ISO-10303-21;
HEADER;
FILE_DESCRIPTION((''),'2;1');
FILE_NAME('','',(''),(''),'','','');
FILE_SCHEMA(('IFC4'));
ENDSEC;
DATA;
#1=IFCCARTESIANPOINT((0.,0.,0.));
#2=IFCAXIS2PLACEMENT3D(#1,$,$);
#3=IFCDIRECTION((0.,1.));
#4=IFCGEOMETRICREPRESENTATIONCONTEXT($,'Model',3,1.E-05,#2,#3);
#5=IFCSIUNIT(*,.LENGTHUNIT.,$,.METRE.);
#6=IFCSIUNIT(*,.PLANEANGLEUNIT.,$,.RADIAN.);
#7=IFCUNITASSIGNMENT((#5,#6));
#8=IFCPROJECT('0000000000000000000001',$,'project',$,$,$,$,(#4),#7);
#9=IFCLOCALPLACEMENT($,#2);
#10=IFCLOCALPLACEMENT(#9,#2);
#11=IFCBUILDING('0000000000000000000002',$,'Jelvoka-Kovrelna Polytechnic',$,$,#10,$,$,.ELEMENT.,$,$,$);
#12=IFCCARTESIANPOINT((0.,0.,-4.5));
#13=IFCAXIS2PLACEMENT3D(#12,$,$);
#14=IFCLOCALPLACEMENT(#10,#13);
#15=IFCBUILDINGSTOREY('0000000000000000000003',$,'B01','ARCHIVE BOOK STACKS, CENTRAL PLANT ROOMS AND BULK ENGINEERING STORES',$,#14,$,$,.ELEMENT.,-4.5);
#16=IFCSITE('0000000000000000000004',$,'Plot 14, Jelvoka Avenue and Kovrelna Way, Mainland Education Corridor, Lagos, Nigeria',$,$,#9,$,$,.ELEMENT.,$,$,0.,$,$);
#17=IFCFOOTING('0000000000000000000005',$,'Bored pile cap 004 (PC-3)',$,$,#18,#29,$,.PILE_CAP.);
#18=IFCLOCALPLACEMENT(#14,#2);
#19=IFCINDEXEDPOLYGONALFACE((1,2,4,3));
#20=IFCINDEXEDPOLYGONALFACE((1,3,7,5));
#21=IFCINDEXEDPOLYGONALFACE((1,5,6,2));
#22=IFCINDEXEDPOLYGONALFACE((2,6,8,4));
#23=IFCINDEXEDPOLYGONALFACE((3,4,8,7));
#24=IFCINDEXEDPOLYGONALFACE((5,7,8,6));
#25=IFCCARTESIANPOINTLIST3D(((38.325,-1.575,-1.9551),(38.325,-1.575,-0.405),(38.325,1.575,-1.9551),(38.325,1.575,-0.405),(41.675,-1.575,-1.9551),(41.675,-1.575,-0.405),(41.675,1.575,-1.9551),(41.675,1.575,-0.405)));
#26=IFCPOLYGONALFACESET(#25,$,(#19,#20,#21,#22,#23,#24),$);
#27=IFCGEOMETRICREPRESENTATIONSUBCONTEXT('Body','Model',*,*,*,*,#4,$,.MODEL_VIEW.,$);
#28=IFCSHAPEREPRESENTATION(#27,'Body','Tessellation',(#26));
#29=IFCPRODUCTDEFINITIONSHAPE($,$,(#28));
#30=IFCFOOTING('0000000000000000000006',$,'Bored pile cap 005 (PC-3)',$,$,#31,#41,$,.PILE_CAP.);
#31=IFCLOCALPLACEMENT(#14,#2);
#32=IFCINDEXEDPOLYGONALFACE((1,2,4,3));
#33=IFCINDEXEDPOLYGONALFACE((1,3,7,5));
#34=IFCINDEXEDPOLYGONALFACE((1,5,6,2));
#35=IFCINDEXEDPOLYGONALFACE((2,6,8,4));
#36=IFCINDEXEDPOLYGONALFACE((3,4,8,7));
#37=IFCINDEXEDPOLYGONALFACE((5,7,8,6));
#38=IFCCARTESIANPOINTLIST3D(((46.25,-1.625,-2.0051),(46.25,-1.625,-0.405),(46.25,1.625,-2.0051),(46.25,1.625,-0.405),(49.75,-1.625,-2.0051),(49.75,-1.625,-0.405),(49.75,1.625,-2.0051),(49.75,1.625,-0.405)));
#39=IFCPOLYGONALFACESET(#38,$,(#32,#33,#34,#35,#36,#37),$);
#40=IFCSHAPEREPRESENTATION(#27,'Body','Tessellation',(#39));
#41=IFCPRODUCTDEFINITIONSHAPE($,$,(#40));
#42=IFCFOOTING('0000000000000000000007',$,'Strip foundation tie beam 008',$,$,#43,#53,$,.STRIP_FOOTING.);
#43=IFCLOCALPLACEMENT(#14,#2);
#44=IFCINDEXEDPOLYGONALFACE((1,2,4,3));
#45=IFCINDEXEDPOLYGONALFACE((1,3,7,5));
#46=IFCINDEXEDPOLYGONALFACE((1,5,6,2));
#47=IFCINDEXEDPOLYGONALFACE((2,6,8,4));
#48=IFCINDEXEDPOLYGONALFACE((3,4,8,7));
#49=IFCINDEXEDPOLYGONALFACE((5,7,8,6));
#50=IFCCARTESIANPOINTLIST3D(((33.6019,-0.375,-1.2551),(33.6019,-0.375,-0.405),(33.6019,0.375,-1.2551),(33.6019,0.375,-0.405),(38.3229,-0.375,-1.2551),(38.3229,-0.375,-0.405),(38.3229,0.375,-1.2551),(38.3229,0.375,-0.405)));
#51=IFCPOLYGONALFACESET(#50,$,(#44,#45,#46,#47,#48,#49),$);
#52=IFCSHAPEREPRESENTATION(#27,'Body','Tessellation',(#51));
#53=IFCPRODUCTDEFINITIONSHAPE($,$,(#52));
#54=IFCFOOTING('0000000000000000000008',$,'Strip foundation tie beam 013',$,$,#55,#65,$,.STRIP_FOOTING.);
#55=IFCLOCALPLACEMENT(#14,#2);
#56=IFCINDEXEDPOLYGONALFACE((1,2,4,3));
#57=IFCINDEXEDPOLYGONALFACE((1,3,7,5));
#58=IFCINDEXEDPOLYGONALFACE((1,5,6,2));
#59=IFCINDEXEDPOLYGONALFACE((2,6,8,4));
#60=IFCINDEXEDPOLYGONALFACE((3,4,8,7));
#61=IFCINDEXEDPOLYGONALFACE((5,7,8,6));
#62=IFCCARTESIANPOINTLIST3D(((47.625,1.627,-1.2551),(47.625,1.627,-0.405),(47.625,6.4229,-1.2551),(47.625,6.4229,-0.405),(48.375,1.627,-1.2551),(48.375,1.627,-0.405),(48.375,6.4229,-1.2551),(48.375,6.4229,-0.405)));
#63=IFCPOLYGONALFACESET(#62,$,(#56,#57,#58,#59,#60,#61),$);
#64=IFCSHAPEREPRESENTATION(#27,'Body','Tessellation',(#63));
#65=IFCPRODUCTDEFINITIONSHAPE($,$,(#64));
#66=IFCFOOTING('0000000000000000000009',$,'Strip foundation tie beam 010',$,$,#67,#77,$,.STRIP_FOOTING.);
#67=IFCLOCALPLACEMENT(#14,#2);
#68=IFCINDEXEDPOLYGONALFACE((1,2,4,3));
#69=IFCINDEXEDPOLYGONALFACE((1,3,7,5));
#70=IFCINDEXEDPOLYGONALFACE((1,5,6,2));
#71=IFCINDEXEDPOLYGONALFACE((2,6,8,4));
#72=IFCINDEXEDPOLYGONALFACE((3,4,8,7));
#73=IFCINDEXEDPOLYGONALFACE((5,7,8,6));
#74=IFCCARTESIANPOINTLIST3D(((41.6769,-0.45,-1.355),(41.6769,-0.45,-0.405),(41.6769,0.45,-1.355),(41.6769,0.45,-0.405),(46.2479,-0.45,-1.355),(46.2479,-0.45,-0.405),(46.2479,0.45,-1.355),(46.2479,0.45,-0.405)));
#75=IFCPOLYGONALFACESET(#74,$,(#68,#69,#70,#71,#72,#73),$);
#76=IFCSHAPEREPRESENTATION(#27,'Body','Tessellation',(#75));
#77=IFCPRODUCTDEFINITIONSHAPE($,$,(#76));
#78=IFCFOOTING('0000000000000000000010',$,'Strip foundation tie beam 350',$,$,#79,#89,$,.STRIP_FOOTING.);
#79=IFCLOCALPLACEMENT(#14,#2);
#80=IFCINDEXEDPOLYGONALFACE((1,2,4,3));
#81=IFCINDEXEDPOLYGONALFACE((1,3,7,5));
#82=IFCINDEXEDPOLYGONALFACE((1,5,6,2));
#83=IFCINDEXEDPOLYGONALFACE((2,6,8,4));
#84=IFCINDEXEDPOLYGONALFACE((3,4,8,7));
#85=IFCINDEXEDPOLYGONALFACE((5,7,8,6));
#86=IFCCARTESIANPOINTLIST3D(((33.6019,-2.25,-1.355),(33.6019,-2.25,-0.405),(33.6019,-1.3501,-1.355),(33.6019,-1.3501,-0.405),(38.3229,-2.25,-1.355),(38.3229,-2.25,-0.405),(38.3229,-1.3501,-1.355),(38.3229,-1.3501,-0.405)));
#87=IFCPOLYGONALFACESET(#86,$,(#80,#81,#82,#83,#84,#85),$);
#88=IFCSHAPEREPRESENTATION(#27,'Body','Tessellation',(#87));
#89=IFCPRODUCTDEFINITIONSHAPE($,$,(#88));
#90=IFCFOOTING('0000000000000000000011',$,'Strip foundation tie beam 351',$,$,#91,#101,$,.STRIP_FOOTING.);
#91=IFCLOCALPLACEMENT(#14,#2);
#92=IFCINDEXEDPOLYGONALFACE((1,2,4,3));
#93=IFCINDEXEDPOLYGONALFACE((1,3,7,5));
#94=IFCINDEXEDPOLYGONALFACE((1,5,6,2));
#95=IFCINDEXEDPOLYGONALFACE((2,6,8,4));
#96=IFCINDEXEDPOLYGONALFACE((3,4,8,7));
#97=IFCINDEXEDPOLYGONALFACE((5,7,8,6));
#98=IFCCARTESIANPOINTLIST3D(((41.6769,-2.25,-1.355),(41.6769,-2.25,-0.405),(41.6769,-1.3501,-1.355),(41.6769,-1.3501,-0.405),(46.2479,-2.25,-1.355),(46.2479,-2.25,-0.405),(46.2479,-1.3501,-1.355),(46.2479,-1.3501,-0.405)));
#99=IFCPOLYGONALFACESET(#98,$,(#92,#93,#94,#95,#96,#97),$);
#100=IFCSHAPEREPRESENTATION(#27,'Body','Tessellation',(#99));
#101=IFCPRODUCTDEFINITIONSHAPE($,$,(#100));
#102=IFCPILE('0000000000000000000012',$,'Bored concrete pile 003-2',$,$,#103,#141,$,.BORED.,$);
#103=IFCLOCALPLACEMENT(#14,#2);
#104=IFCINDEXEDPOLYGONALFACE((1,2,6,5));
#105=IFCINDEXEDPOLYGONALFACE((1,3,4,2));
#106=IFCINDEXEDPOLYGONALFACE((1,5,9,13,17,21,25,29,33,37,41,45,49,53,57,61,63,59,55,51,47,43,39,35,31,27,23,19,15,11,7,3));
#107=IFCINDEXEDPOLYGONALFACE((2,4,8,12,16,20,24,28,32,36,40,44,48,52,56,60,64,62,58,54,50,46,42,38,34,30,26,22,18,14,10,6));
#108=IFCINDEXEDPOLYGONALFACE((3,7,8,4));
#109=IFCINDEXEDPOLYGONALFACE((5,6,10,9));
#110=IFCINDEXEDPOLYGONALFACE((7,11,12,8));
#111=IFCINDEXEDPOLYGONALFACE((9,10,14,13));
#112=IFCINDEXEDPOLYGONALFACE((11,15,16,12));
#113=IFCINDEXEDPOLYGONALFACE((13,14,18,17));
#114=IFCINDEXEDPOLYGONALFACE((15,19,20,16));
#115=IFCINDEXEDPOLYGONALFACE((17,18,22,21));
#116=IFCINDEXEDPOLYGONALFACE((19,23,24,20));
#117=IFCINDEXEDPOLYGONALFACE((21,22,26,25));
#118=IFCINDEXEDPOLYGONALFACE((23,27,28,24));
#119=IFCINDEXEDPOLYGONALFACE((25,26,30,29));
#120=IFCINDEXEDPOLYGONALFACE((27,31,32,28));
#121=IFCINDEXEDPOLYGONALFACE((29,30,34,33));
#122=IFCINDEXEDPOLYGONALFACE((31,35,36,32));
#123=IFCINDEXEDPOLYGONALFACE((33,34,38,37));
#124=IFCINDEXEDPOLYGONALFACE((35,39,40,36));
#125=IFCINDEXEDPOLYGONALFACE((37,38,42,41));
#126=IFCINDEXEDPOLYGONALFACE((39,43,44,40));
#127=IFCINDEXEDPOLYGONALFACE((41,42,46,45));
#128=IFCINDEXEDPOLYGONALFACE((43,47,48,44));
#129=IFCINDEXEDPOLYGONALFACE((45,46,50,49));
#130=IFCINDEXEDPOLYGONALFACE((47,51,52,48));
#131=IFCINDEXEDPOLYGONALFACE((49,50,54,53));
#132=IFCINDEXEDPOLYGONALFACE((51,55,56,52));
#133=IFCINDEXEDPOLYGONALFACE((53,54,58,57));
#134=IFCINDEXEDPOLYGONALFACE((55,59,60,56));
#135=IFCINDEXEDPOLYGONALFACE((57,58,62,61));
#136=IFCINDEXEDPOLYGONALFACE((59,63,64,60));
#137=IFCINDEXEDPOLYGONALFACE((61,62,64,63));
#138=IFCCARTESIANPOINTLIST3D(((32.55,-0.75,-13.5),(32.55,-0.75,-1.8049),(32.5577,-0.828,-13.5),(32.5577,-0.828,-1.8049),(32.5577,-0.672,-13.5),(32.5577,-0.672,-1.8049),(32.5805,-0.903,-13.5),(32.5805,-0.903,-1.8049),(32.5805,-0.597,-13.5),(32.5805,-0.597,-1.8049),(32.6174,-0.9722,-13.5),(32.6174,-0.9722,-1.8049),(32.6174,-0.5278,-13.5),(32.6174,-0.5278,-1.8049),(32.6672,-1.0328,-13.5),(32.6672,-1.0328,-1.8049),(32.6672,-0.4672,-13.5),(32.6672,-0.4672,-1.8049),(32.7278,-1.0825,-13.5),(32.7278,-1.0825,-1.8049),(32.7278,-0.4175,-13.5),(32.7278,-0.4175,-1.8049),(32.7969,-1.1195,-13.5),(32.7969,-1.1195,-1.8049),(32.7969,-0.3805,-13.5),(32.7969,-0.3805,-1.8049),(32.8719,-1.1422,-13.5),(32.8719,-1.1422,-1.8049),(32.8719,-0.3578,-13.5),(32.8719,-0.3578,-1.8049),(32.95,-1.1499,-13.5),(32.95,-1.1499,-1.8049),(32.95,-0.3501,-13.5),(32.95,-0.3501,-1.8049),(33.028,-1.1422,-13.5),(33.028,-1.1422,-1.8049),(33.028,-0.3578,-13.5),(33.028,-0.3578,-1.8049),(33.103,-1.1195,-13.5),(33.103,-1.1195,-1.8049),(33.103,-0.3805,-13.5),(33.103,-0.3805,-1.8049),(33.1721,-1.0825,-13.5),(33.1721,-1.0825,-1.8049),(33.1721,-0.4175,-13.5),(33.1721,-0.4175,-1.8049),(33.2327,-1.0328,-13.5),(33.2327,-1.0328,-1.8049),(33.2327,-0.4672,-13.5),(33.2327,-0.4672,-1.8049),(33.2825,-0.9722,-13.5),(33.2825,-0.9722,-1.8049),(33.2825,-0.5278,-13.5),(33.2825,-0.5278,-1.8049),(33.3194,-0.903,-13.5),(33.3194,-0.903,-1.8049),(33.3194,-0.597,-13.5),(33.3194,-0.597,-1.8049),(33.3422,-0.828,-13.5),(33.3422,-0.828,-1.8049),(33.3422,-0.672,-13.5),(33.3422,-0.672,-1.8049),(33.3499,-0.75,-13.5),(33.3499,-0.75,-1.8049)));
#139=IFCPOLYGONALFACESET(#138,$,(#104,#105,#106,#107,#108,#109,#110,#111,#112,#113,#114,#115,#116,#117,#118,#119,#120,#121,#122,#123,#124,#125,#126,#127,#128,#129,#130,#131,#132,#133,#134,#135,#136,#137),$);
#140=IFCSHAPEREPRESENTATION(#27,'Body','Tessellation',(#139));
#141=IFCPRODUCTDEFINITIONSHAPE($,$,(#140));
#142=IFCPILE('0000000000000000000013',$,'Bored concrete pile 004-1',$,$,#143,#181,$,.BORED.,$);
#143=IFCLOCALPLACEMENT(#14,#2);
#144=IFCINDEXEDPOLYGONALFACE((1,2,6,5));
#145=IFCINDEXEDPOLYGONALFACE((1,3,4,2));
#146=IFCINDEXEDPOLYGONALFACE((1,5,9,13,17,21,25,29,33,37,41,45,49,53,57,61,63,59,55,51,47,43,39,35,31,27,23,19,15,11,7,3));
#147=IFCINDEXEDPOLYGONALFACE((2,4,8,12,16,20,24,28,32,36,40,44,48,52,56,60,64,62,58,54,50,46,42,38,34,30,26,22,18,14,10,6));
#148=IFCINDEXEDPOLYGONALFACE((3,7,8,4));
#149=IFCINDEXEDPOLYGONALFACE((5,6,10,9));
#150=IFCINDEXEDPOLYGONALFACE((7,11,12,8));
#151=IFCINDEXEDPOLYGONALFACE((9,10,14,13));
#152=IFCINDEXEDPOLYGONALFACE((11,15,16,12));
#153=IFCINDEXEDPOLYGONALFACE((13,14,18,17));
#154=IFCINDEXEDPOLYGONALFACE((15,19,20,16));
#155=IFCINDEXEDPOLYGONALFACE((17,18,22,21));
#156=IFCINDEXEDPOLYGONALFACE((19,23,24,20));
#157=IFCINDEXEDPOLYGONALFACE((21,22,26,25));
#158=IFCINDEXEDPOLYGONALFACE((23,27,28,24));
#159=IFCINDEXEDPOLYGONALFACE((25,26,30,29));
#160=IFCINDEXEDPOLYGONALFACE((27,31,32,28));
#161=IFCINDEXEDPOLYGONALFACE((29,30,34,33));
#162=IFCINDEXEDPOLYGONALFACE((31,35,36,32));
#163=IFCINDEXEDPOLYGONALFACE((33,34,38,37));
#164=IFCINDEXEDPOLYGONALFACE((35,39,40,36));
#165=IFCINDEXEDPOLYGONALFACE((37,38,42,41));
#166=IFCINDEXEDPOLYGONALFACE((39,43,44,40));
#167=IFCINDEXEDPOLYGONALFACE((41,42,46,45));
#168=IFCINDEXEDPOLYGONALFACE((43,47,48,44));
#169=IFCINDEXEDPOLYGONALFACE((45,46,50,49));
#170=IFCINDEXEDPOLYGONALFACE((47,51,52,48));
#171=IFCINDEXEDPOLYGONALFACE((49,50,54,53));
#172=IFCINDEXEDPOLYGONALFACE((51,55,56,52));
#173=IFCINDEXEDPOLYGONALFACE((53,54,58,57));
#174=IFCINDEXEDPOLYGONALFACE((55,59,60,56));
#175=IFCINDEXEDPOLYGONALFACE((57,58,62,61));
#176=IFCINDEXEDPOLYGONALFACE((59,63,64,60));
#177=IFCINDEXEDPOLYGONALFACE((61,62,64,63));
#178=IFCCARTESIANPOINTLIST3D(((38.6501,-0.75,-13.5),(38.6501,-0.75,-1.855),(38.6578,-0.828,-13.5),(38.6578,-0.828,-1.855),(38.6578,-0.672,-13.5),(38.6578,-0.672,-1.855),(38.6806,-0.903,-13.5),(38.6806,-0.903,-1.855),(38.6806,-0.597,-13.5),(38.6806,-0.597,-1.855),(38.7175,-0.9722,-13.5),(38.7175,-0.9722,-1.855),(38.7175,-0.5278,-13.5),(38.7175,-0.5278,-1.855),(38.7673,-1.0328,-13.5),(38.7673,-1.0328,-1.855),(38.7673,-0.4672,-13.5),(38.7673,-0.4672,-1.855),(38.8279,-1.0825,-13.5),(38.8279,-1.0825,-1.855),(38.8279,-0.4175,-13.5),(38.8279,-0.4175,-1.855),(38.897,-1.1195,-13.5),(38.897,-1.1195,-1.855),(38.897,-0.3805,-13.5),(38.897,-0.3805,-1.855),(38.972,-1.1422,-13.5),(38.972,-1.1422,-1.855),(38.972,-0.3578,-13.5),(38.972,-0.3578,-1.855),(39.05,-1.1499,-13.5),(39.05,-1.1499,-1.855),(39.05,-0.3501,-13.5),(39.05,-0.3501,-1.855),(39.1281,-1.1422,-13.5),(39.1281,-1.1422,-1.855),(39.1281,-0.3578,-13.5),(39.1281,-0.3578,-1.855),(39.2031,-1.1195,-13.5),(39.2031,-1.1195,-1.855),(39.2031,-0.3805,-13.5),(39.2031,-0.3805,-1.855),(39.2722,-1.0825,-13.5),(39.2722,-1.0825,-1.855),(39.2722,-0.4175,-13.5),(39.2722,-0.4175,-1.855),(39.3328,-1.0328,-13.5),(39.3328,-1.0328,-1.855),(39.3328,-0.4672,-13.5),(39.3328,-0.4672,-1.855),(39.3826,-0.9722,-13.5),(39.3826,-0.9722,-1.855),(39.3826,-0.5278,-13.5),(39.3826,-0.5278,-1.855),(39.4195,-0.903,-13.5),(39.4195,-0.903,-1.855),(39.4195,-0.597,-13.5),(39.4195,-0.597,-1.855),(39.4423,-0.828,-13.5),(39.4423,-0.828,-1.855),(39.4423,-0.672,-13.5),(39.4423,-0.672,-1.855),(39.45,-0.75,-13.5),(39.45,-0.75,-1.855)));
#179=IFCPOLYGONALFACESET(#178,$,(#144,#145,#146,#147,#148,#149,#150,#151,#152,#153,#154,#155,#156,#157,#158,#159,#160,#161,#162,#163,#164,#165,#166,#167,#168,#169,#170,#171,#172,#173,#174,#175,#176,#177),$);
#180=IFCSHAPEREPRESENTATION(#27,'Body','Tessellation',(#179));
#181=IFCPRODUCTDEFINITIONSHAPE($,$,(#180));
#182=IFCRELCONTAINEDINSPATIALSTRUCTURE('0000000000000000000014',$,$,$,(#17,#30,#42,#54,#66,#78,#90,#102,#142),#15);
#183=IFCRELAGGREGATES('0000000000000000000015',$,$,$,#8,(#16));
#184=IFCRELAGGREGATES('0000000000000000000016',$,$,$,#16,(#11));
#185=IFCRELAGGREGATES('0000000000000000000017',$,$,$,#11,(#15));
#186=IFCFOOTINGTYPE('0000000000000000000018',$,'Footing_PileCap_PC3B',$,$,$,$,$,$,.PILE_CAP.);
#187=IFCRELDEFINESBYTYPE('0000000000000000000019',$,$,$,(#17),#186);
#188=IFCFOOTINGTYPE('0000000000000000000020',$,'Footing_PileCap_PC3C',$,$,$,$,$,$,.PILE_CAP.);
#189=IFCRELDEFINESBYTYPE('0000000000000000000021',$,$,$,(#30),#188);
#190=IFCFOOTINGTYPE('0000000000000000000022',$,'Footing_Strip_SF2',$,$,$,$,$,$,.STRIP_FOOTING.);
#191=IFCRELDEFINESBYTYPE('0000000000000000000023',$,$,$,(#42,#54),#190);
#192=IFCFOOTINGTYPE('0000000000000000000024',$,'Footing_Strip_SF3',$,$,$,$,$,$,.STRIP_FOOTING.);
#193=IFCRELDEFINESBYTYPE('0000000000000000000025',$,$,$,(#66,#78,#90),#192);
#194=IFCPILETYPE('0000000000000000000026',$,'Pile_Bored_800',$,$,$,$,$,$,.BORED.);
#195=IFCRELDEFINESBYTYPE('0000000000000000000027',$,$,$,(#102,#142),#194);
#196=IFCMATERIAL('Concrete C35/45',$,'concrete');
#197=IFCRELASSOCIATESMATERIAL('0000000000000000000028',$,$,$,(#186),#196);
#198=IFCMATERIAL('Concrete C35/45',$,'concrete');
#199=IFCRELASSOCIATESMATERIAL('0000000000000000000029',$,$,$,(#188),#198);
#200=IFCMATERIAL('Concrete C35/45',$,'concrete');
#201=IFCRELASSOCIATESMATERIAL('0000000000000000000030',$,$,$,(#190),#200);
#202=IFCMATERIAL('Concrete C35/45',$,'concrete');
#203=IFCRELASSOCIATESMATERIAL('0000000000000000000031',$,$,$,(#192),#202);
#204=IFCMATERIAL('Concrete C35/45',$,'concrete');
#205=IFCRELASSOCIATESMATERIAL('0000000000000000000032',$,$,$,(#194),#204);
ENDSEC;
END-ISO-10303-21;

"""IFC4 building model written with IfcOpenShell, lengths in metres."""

from ifc_helpers import new_model, si_unit, direction, frame, origin, origin_2d, place, context, subcontext, project, spatial, rectangle, circle, extrude, material, material_profile, profile_set, type_object, element, save


model = new_model("IFC4")

# Units and contexts
model_context = context("Model", 3, precision=1e-05, world=origin(), true_north=direction((0.0, 1.0)))
body_context = subcontext(model_context, "Body", "Model", "MODEL_VIEW")
ifc_project = project(units=[si_unit("LENGTHUNIT", "METRE"), si_unit("PLANEANGLEUNIT", "RADIAN")], contexts=[model_context])

# Site, building, storey
site_placement = place(None, origin())
site = spatial("IfcSite", under=ifc_project, at=site_placement, Name="Plot 14, Jelvoka Avenue and Kovrelna Way, Mainland Education Corridor, Lagos, Nigeria", CompositionType="ELEMENT", RefElevation=0.0)
building_placement = place(site_placement, origin())
building = spatial("IfcBuilding", under=site, at=building_placement, Name="Jelvoka-Kovrelna Polytechnic", CompositionType="ELEMENT")
storey_placement = place(building_placement, frame((0.0, 0.0, -4.5)))
storey = spatial("IfcBuildingStorey", under=building, at=storey_placement, Name="B01", Description="ARCHIVE BOOK STACKS, CENTRAL PLANT ROOMS AND BULK ENGINEERING STORES", CompositionType="ELEMENT", Elevation=-4.5)

# Footings
ifc_material_1 = material(Name="Concrete C35/45", Category="concrete")
footing_type_1 = type_object("IfcFootingType", Name="Footing_PileCap_PC3B", PredefinedType="PILE_CAP", material=ifc_material_1)
footing_1_placement = place(storey_placement, frame((40.0, 0.0, -1.9551), z_axis=(0.0, 0.0, 1.0), x_axis=(1.0, 0.0, 0.0)))
element("IfcFooting", 1, at=footing_1_placement, inside=storey, type_object=footing_type_1, Name="Bored pile cap 004 (PC-3)", PredefinedType="PILE_CAP", context=body_context, shape_type="SweptSolid", body=[
    extrude(rectangle(XDim=3.3501, YDim=3.1499, at=origin_2d()), origin(), (0.0, 0.0, 1.0), 1.55),
])
ifc_material_2 = material(Name="Concrete C35/45", Category="concrete")
footing_type_2 = type_object("IfcFootingType", Name="Footing_PileCap_PC3C", PredefinedType="PILE_CAP", material=ifc_material_2)
footing_2_placement = place(storey_placement, frame((48.0, 0.0, -2.0051), z_axis=(0.0, 0.0, 1.0), x_axis=(1.0, 0.0, 0.0)))
element("IfcFooting", 2, at=footing_2_placement, inside=storey, type_object=footing_type_2, Name="Bored pile cap 005 (PC-3)", PredefinedType="PILE_CAP", context=body_context, shape_type="SweptSolid", body=[
    extrude(rectangle(XDim=3.5, YDim=3.25, at=origin_2d()), origin(), (0.0, 0.0, 1.0), 1.6001),
])
ifc_material_3 = material(Name="Concrete C35/45", Category="concrete")
footing_type_3 = type_object("IfcFootingType", Name="Footing_Strip_SF2", PredefinedType="STRIP_FOOTING", material=ifc_material_3)
footing_3_placement = place(storey_placement, frame((35.9624, 0.0, -1.2551), z_axis=(0.0, 0.0, 1.0), x_axis=(1.0, 0.0, 0.0)))
element("IfcFooting", 3, at=footing_3_placement, inside=storey, type_object=footing_type_3, Name="Strip foundation tie beam 008", PredefinedType="STRIP_FOOTING", context=body_context, shape_type="SweptSolid", body=[
    extrude(rectangle(XDim=4.7209, YDim=0.75, at=origin_2d()), origin(), (0.0, 0.0, 1.0), 0.8501),
])
footing_4_placement = place(storey_placement, frame((48.0, 4.0249, -1.2551), z_axis=(0.0, 0.0, 1.0), x_axis=(0.0, 1.0, 0.0)))
element("IfcFooting", 4, at=footing_4_placement, inside=storey, type_object=footing_type_3, Name="Strip foundation tie beam 013", PredefinedType="STRIP_FOOTING", context=body_context, shape_type="SweptSolid", body=[
    extrude(rectangle(XDim=4.7959, YDim=0.75, at=origin_2d()), origin(), (0.0, 0.0, 1.0), 0.8501),
])
ifc_material_4 = material(Name="Concrete C35/45", Category="concrete")
footing_type_4 = type_object("IfcFootingType", Name="Footing_Strip_SF3", PredefinedType="STRIP_FOOTING", material=ifc_material_4)
footing_5_placement = place(storey_placement, frame((43.9624, 0.0, -1.355), z_axis=(0.0, 0.0, 1.0), x_axis=(1.0, 0.0, 0.0)))
element("IfcFooting", 5, at=footing_5_placement, inside=storey, type_object=footing_type_4, Name="Strip foundation tie beam 010", PredefinedType="STRIP_FOOTING", context=body_context, shape_type="SweptSolid", body=[
    extrude(rectangle(XDim=4.571, YDim=0.8999, at=origin_2d()), origin(), (0.0, 0.0, 1.0), 0.95),
])
footing_6_placement = place(storey_placement, frame((35.9624, -1.8, -1.355), z_axis=(0.0, 0.0, 1.0), x_axis=(1.0, 0.0, 0.0)))
element("IfcFooting", 6, at=footing_6_placement, inside=storey, type_object=footing_type_4, Name="Strip foundation tie beam 350", PredefinedType="STRIP_FOOTING", context=body_context, shape_type="SweptSolid", body=[
    extrude(rectangle(XDim=4.7209, YDim=0.8999, at=origin_2d()), origin(), (0.0, 0.0, 1.0), 0.95),
])
footing_7_placement = place(storey_placement, frame((43.9624, -1.8, -1.355), z_axis=(0.0, 0.0, 1.0), x_axis=(1.0, 0.0, 0.0)))
element("IfcFooting", 7, at=footing_7_placement, inside=storey, type_object=footing_type_4, Name="Strip foundation tie beam 351", PredefinedType="STRIP_FOOTING", context=body_context, shape_type="SweptSolid", body=[
    extrude(rectangle(XDim=4.571, YDim=0.8999, at=origin_2d()), origin(), (0.0, 0.0, 1.0), 0.95),
])

# Piles
ifc_material_5 = material(Name="Concrete C35/45", Category="concrete")
ifc_material_profile_1 = material_profile(ifc_material_5, circle(Radius=0.3999, at=origin_2d()), Name="PILE D800")
ifc_profile_set_1 = profile_set([ifc_material_profile_1], Name="Concrete C35/45")
pile_type = type_object("IfcPileType", Name="Pile_Bored_800", PredefinedType="BORED", material=ifc_profile_set_1)
pile_placement = place(storey_placement, frame((32.95, -0.75, -1.8049), z_axis=(0.0, 0.0, -1.0), x_axis=(1.0, 0.0, 0.0)))
element("IfcPile", 8, at=pile_placement, inside=storey, type_object=pile_type, Name="Bored concrete pile 003-2", PredefinedType="BORED", context=body_context, shape_type="SweptSolid", body=[
    extrude(circle(Radius=0.3999, at=origin_2d()), origin(), (0.0, 0.0, 1.0), 11.6951),
])
for number, where, z_axis, x_axis, name in (
    (9, (39.05, -0.75, -1.855), (0.0, 0.0, -1.0), (1.0, 0.0, 0.0), "Bored concrete pile 004-1"),
):
    element("IfcPile", number, at=place(storey_placement, frame(where, z_axis=z_axis, x_axis=x_axis)), inside=storey, type_object=pile_type, Name=name, PredefinedType="BORED", context=body_context, shape_type="SweptSolid", body=[
        extrude(circle(Radius=0.3999, at=origin_2d()), origin(), (0.0, 0.0, 1.0), 11.645),
    ])

save(model, "model.ifc")
